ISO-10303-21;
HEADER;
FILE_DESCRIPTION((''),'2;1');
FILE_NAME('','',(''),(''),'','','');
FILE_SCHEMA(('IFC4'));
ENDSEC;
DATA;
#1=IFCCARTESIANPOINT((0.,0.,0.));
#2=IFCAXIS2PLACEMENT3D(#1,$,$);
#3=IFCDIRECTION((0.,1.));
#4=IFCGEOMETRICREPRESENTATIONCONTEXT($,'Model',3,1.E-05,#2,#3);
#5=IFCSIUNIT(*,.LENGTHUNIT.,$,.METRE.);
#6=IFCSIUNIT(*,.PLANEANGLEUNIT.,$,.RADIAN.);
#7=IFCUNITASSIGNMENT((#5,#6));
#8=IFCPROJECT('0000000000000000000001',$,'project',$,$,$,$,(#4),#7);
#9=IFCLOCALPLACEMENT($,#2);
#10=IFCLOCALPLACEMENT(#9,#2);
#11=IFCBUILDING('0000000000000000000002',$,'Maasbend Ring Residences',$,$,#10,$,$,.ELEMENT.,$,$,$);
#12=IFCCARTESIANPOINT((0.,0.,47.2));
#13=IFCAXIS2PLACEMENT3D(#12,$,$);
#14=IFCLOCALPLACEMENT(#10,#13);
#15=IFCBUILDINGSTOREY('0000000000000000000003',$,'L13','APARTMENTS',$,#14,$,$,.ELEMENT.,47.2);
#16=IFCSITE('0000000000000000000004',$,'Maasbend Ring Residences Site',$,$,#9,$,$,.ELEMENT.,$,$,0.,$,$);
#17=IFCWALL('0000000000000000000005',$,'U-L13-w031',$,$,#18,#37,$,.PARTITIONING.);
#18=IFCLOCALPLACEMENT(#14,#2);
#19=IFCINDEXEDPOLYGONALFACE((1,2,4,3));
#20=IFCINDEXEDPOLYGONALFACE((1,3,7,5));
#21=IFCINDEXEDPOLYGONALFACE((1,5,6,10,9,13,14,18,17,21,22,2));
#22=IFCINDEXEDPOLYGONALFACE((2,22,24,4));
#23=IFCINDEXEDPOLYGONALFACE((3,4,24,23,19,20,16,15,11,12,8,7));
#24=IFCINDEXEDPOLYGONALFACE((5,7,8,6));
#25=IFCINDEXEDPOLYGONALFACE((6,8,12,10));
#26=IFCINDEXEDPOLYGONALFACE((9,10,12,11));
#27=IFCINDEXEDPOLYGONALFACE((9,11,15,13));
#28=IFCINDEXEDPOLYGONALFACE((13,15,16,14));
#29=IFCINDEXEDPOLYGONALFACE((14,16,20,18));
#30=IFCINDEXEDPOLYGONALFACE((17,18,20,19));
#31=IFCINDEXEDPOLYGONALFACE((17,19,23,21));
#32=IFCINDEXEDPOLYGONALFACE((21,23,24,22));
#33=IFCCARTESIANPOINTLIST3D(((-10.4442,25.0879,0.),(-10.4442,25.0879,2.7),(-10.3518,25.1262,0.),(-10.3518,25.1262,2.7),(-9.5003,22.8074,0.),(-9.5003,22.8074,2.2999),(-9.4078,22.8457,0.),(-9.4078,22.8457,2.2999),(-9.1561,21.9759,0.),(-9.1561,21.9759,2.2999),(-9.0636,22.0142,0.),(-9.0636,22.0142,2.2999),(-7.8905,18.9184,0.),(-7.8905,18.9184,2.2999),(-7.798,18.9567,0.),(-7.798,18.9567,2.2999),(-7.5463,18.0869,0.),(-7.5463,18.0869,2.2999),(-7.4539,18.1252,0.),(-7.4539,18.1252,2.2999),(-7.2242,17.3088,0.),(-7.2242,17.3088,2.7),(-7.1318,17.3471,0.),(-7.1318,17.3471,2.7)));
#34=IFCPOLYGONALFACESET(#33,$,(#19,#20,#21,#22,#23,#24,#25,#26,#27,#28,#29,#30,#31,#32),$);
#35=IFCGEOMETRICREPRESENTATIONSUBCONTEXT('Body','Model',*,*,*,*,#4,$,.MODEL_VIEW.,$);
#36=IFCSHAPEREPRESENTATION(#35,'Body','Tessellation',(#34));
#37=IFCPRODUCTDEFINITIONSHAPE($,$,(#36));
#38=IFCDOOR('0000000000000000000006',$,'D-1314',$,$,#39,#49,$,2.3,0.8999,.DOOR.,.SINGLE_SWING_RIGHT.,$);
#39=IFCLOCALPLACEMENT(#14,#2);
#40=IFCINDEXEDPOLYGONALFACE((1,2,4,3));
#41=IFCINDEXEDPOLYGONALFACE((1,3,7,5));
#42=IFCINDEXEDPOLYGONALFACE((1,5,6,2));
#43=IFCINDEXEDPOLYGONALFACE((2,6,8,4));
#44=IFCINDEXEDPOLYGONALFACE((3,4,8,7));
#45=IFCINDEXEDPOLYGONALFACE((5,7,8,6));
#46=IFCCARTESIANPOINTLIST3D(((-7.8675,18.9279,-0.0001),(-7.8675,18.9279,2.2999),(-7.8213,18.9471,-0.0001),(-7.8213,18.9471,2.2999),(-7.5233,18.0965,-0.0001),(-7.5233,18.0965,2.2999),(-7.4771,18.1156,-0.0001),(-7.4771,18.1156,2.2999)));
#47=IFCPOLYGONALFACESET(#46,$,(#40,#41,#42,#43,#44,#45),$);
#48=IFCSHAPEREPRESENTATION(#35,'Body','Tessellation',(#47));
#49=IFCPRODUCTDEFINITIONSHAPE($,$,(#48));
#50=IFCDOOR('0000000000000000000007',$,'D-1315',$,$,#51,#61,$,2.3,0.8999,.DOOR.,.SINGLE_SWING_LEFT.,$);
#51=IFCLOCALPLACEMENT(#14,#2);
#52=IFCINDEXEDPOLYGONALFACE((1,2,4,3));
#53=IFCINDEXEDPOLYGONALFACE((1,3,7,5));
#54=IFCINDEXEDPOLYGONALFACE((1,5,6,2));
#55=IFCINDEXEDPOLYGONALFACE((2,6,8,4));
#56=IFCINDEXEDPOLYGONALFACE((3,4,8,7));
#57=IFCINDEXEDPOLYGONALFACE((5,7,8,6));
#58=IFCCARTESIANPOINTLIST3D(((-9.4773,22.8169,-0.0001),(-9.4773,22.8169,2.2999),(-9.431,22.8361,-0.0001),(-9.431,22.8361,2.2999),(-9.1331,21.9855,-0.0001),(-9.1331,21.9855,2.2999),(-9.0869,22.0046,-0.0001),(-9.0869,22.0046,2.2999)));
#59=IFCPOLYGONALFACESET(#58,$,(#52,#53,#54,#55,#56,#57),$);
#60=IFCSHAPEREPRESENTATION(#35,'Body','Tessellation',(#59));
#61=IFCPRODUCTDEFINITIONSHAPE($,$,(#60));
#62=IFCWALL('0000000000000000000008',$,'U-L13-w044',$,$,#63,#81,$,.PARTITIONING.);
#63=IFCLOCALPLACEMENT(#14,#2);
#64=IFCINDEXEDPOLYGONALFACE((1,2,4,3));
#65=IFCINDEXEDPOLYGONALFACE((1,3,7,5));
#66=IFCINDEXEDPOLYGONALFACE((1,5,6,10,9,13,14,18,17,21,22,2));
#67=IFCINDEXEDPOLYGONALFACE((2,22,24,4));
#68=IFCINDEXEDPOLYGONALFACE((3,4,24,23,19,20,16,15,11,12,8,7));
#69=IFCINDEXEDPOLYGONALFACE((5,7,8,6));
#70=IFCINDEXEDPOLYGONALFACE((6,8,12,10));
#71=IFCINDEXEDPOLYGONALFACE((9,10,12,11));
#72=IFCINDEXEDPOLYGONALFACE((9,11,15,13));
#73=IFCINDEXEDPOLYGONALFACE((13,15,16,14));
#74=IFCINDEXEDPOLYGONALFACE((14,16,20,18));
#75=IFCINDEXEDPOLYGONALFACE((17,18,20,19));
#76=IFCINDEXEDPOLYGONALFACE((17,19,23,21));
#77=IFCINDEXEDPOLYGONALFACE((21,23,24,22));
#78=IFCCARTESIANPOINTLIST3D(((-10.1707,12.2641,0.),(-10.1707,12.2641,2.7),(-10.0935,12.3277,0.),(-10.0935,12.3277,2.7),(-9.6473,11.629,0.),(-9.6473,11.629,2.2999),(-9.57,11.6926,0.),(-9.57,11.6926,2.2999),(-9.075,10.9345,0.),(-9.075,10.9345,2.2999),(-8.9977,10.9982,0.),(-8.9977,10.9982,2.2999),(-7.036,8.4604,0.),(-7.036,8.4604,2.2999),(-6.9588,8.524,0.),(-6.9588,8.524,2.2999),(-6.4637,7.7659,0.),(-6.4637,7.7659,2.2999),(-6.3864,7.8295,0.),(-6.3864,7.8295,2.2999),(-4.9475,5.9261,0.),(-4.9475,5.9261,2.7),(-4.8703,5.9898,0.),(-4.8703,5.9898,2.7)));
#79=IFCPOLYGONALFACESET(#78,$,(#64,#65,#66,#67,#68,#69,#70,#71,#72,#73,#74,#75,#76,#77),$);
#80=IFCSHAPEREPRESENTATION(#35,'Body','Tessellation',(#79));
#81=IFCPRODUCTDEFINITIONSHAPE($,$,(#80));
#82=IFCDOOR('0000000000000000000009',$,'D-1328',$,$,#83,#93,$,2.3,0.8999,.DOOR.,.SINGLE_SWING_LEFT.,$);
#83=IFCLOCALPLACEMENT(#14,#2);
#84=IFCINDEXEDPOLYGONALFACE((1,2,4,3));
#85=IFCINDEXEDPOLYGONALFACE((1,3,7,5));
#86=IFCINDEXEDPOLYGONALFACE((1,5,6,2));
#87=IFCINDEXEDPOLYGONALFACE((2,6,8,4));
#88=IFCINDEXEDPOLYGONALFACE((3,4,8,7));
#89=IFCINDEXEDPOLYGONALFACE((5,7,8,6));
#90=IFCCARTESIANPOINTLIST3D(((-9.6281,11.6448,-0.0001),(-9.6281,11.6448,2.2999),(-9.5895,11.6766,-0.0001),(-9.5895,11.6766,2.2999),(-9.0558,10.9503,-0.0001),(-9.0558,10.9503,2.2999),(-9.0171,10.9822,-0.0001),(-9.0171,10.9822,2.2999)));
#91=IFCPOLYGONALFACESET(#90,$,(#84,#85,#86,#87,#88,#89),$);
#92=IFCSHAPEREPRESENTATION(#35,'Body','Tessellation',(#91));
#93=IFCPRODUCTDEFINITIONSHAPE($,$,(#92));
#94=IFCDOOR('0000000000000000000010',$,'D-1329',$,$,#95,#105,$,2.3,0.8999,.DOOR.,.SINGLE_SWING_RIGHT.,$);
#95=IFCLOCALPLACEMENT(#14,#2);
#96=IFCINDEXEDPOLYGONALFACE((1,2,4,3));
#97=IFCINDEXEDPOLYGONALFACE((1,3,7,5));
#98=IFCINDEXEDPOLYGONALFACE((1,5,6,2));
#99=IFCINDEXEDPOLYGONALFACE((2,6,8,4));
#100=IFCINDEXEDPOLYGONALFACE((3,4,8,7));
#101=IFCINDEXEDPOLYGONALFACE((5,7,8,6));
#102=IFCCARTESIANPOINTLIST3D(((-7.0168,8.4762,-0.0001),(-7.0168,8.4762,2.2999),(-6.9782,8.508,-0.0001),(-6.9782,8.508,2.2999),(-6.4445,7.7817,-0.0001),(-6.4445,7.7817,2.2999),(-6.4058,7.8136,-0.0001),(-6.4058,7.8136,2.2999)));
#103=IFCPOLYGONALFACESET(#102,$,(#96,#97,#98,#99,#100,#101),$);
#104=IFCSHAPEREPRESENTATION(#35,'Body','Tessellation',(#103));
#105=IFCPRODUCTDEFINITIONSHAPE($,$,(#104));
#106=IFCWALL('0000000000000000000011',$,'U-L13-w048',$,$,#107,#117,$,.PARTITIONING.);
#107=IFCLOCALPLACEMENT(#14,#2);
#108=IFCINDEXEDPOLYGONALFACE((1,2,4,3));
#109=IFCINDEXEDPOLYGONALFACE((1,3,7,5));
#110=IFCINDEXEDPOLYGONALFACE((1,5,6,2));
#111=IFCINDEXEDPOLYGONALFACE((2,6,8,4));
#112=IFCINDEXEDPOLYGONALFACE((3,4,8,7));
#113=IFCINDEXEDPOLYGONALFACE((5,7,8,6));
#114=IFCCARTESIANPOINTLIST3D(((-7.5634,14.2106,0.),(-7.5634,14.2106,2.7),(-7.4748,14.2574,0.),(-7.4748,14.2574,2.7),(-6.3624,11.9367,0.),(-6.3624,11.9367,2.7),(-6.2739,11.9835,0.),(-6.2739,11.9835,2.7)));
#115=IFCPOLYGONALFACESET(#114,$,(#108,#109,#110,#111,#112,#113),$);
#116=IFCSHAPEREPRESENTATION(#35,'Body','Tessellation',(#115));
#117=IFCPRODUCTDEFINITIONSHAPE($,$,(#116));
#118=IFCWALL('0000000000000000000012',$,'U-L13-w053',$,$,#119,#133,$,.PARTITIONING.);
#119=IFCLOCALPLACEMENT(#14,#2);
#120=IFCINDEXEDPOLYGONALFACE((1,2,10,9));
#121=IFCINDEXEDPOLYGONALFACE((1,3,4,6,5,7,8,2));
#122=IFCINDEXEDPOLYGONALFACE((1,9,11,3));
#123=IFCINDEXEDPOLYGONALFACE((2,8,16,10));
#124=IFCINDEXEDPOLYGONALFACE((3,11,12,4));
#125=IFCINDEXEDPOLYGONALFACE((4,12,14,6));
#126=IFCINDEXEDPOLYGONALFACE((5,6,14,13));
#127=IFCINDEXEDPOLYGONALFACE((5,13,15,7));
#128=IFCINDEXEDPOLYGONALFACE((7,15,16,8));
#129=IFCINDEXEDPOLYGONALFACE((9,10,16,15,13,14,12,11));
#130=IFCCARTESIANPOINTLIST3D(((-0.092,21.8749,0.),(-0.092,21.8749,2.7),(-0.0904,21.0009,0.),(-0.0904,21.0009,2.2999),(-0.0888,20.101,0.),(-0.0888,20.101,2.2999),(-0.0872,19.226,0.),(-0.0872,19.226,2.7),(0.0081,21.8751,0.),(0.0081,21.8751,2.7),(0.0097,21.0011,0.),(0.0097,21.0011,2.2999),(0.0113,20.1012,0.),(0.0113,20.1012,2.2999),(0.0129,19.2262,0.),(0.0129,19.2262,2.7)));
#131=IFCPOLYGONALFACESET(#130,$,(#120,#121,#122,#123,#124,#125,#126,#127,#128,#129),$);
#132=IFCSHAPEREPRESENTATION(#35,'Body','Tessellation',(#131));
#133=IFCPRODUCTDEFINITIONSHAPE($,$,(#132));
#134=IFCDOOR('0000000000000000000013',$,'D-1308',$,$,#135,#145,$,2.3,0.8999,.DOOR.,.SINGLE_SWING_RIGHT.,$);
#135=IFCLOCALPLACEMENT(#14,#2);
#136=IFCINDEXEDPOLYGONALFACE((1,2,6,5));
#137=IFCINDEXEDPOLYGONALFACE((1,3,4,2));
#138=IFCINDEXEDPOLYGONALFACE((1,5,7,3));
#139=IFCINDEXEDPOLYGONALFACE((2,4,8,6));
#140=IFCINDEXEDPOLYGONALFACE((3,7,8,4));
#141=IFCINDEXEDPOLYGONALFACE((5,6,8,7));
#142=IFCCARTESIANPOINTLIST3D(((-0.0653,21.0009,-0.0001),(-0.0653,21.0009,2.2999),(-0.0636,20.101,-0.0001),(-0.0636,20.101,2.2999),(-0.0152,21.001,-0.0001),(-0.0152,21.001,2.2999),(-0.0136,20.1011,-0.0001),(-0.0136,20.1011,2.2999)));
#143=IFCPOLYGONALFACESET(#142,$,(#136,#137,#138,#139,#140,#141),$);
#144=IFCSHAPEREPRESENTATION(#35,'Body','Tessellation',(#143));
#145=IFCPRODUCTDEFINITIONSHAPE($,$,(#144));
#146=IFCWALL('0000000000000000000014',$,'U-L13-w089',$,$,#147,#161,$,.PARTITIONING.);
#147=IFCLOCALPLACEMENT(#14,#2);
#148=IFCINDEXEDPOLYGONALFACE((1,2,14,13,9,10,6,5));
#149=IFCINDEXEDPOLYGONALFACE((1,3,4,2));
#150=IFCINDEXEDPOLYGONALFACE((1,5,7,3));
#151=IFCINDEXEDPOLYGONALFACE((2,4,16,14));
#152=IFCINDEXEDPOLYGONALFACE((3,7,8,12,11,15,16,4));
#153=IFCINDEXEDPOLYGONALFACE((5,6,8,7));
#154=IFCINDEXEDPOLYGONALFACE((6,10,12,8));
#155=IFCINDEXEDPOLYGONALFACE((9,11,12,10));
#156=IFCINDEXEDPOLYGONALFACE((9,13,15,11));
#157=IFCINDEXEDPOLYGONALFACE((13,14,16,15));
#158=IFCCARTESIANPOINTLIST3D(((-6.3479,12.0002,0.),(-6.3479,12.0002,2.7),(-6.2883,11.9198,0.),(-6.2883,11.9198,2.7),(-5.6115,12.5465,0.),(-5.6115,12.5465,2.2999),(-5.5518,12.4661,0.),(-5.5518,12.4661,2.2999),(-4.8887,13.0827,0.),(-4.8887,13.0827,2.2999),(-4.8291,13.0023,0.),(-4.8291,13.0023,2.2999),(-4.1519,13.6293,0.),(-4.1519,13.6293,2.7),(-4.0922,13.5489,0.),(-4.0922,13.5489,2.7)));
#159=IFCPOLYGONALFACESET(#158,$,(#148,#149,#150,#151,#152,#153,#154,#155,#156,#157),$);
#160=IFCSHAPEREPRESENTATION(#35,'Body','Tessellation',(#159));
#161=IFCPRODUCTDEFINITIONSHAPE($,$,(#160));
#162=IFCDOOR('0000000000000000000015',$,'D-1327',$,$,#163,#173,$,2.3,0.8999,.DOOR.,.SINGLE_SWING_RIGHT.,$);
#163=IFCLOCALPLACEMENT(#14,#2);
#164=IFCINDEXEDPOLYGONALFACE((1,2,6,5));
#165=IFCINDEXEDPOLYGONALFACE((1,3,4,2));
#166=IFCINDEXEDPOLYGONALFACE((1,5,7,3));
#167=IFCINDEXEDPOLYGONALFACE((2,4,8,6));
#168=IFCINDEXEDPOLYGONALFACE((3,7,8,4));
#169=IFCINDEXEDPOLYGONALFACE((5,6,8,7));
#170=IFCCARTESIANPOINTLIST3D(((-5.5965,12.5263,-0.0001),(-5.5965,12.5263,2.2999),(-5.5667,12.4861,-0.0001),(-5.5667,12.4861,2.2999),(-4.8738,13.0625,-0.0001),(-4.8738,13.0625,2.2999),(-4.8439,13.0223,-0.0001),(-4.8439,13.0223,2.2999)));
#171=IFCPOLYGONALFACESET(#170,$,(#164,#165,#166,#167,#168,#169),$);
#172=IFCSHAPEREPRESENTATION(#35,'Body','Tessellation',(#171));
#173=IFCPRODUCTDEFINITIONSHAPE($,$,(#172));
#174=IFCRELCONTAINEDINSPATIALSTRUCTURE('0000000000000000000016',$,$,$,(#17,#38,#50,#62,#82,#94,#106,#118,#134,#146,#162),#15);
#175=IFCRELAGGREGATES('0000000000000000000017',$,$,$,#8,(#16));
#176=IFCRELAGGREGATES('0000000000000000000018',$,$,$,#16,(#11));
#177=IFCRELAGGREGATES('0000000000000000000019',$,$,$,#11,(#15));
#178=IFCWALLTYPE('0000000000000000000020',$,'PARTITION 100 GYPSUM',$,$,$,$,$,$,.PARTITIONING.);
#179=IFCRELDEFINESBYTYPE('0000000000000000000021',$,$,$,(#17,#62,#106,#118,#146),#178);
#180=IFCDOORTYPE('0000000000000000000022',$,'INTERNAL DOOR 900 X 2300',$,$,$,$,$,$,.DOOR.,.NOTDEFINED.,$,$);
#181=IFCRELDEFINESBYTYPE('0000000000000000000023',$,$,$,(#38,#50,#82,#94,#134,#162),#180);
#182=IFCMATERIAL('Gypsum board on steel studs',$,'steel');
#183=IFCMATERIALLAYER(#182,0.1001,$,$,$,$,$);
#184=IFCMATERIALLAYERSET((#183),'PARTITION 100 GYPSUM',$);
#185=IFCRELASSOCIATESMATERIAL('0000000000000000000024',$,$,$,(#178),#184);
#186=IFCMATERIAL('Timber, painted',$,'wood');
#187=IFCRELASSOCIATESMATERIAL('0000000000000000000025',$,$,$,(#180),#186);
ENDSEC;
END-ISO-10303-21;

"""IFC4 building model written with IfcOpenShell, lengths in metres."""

from ifc_helpers import new_model, si_unit, direction, frame, frame_2d, origin, place, context, subcontext, project, spatial, rectangle, extrude, material, layer, layer_set, type_object, element, fill, save


model = new_model("IFC4")

# Units and contexts
model_context = context("Model", 3, precision=1e-05, world=origin(), true_north=direction((0.0, 1.0)))
body_context = subcontext(model_context, "Body", "Model", "MODEL_VIEW")
ifc_project = project(units=[si_unit("LENGTHUNIT", "METRE"), si_unit("PLANEANGLEUNIT", "RADIAN")], contexts=[model_context])

# Site, building, storey
site_placement = place(None, origin())
site = spatial("IfcSite", under=ifc_project, at=site_placement, Name="Maasbend Ring Residences Site", CompositionType="ELEMENT", RefElevation=0.0)
building_placement = place(site_placement, origin())
building = spatial("IfcBuilding", under=site, at=building_placement, Name="Maasbend Ring Residences", CompositionType="ELEMENT")
storey_placement = place(building_placement, frame((0.0, 0.0, 47.2)))
storey = spatial("IfcBuildingStorey", under=building, at=storey_placement, Name="L13", Description="APARTMENTS", CompositionType="ELEMENT", Elevation=47.2)

# Walls, openings, doors
ifc_material_1 = material(Name="Gypsum board on steel studs", Category="steel")
ifc_layer_1 = layer(ifc_material_1, 0.1001)
ifc_layer_set_1 = layer_set([ifc_layer_1], Name="PARTITION 100 GYPSUM")
wall_type_1 = type_object("IfcWallType", Name="PARTITION 100 GYPSUM", PredefinedType="PARTITIONING", material=ifc_layer_set_1)
wall_1_placement = place(storey_placement, frame((-10.3979, 25.1069, 0.0), z_axis=(0.0, 0.0, 1.0), x_axis=(0.382459, -0.923973, 0.0)))
wall_1 = element("IfcWall", 1, at=wall_1_placement, inside=storey, type_object=wall_type_1, Name="U-L13-w031", PredefinedType="PARTITIONING", context=body_context, shape_type="SweptSolid", body=[
    extrude(rectangle(XDim=8.4192, YDim=0.1001, at=frame_2d((4.2095, 0.0))), origin(), (0.0, 0.0, 1.0), 2.7),
])
opening_1_placement = place(wall_1_placement, frame((6.677, 0.0, 0.0)))
opening_1 = element("IfcOpeningElement", 2, at=opening_1_placement, cuts=wall_1, PredefinedType="OPENING", context=body_context, shape_type="SweptSolid", body=[
    extrude(rectangle(XDim=0.8999, YDim=2.3, at=frame_2d((0.45, 1.1499))), frame((0.0, 0.0601, 0.0), z_axis=(0.0, -1.0, 0.0), x_axis=(1.0, 0.0, 0.0)), (0.0, 0.0, 1.0), 0.1201),
])
opening_2_placement = place(wall_1_placement, frame((2.468, 0.0, 0.0)))
opening_2 = element("IfcOpeningElement", 3, at=opening_2_placement, cuts=wall_1, PredefinedType="OPENING", context=body_context, shape_type="SweptSolid", body=[
    extrude(rectangle(XDim=0.8999, YDim=2.3, at=frame_2d((0.45, 1.1499))), frame((0.0, 0.0601, 0.0), z_axis=(0.0, -1.0, 0.0), x_axis=(1.0, 0.0, 0.0)), (0.0, 0.0, 1.0), 0.1201),
])
ifc_material_2 = material(Name="Timber, painted", Category="wood")
door_type_1 = type_object("IfcDoorType", Name="INTERNAL DOOR 900 X 2300", OperationType="NOTDEFINED", PredefinedType="DOOR", material=ifc_material_2)
door_1_placement = place(opening_1_placement, origin())
door_1 = element("IfcDoor", 4, at=door_1_placement, inside=storey, type_object=door_type_1, Name="D-1314", OperationType="SINGLE_SWING_RIGHT", OverallHeight=2.3, OverallWidth=0.8999, PredefinedType="DOOR", context=body_context, shape_type="SweptSolid", body=[
    extrude(rectangle(XDim=0.8999, YDim=2.3, at=frame_2d((0.45, 1.1499))), frame((0.0, 0.0249, 0.0), z_axis=(0.0, -1.0, 0.0), x_axis=(1.0, 0.0, 0.0)), (0.0, 0.0, 1.0), 0.05),
])
fill(opening_1, door_1)
door_2_placement = place(opening_2_placement, origin())
door_2 = element("IfcDoor", 5, at=door_2_placement, inside=storey, type_object=door_type_1, Name="D-1315", OperationType="SINGLE_SWING_LEFT", OverallHeight=2.3, OverallWidth=0.8999, PredefinedType="DOOR", context=body_context, shape_type="SweptSolid", body=[
    extrude(rectangle(XDim=0.8999, YDim=2.3, at=frame_2d((0.45, 1.1499))), frame((0.0, 0.0249, 0.0), z_axis=(0.0, -1.0, 0.0), x_axis=(1.0, 0.0, 0.0)), (0.0, 0.0, 1.0), 0.05),
])
fill(opening_2, door_2)
wall_2_placement = place(storey_placement, frame((-10.1321, 12.2959, 0.0), z_axis=(0.0, 0.0, 1.0), x_axis=(0.635976, -0.771709, 0.0)))
wall_2 = element("IfcWall", 6, at=wall_2_placement, inside=storey, type_object=wall_type_1, Name="U-L13-w044", PredefinedType="PARTITIONING", context=body_context, shape_type="SweptSolid", body=[
    extrude(rectangle(XDim=8.2129, YDim=0.1001, at=frame_2d((4.1064, 0.0))), origin(), (0.0, 0.0, 1.0), 2.7),
])
opening_3_placement = place(wall_2_placement, frame((0.823, 0.0, 0.0)))
opening_3 = element("IfcOpeningElement", 7, at=opening_3_placement, cuts=wall_2, PredefinedType="OPENING", context=body_context, shape_type="SweptSolid", body=[
    extrude(rectangle(XDim=0.8999, YDim=2.3, at=frame_2d((0.45, 1.1499))), frame((0.0, 0.0601, 0.0), z_axis=(0.0, -1.0, 0.0), x_axis=(1.0, 0.0, 0.0)), (0.0, 0.0, 1.0), 0.1201),
])
opening_4_placement = place(wall_2_placement, frame((4.929, 0.0, 0.0)))
opening_4 = element("IfcOpeningElement", 8, at=opening_4_placement, cuts=wall_2, PredefinedType="OPENING", context=body_context, shape_type="SweptSolid", body=[
    extrude(rectangle(XDim=0.8999, YDim=2.3, at=frame_2d((0.45, 1.1499))), frame((0.0, 0.0601, 0.0), z_axis=(0.0, -1.0, 0.0), x_axis=(1.0, 0.0, 0.0)), (0.0, 0.0, 1.0), 0.1201),
])
door_3_placement = place(opening_3_placement, origin())
door_3 = element("IfcDoor", 9, at=door_3_placement, inside=storey, type_object=door_type_1, Name="D-1328", OperationType="SINGLE_SWING_LEFT", OverallHeight=2.3, OverallWidth=0.8999, PredefinedType="DOOR", context=body_context, shape_type="SweptSolid", body=[
    extrude(rectangle(XDim=0.8999, YDim=2.3, at=frame_2d((0.45, 1.1499))), frame((0.0, 0.0249, 0.0), z_axis=(0.0, -1.0, 0.0), x_axis=(1.0, 0.0, 0.0)), (0.0, 0.0, 1.0), 0.05),
])
fill(opening_3, door_3)
door_4_placement = place(opening_4_placement, origin())
door_4 = element("IfcDoor", 10, at=door_4_placement, inside=storey, type_object=door_type_1, Name="D-1329", OperationType="SINGLE_SWING_RIGHT", OverallHeight=2.3, OverallWidth=0.8999, PredefinedType="DOOR", context=body_context, shape_type="SweptSolid", body=[
    extrude(rectangle(XDim=0.8999, YDim=2.3, at=frame_2d((0.45, 1.1499))), frame((0.0, 0.0249, 0.0), z_axis=(0.0, -1.0, 0.0), x_axis=(1.0, 0.0, 0.0)), (0.0, 0.0, 1.0), 0.05),
])
fill(opening_4, door_4)

# Wall
wall_3_placement = place(storey_placement, frame((-7.519, 14.2339, 0.0), z_axis=(0.0, 0.0, 1.0), x_axis=(0.467002, -0.884256, 0.0)))
element("IfcWall", 11, at=wall_3_placement, inside=storey, type_object=wall_type_1, Name="U-L13-w048", PredefinedType="PARTITIONING", context=body_context, shape_type="SweptSolid", body=[
    extrude(rectangle(XDim=2.5715, YDim=0.1001, at=frame_2d((1.2856, 0.0))), origin(), (0.0, 0.0, 1.0), 2.7),
])

# Walls, openings, doors
wall_4_placement = place(storey_placement, frame((-0.0371, 19.2261, 0.0), z_axis=(0.0, 0.0, 1.0), x_axis=(-0.001843, 0.999998, 0.0)))
wall_4 = element("IfcWall", 12, at=wall_4_placement, inside=storey, type_object=wall_type_1, Name="U-L13-w053", PredefinedType="PARTITIONING", context=body_context, shape_type="SweptSolid", body=[
    extrude(rectangle(XDim=2.6489, YDim=0.1001, at=frame_2d((1.3245, 0.0))), origin(), (0.0, 0.0, 1.0), 2.7),
])
opening_5_placement = place(wall_4_placement, frame((0.875, 0.0, 0.0)))
opening_5 = element("IfcOpeningElement", 13, at=opening_5_placement, cuts=wall_4, PredefinedType="OPENING", context=body_context, shape_type="SweptSolid", body=[
    extrude(rectangle(XDim=0.8999, YDim=2.3, at=frame_2d((0.45, 1.1499))), frame((0.0, 0.0601, 0.0), z_axis=(0.0, -1.0, 0.0), x_axis=(1.0, 0.0, 0.0)), (0.0, 0.0, 1.0), 0.1201),
])
door_5_placement = place(opening_5_placement, origin())
door_5 = element("IfcDoor", 14, at=door_5_placement, inside=storey, type_object=door_type_1, Name="D-1308", OperationType="SINGLE_SWING_RIGHT", OverallHeight=2.3, OverallWidth=0.8999, PredefinedType="DOOR", context=body_context, shape_type="SweptSolid", body=[
    extrude(rectangle(XDim=0.8999, YDim=2.3, at=frame_2d((0.45, 1.1499))), frame((0.0, 0.0249, 0.0), z_axis=(0.0, -1.0, 0.0), x_axis=(1.0, 0.0, 0.0)), (0.0, 0.0, 1.0), 0.05),
])
fill(opening_5, door_5)
wall_5_placement = place(storey_placement, frame((-6.3181, 11.96, 0.0), z_axis=(0.0, 0.0, 1.0), x_axis=(0.803128, 0.595806, 0.0)))
wall_5 = element("IfcWall", 15, at=wall_5_placement, inside=storey, type_object=wall_type_1, Name="U-L13-w089", PredefinedType="PARTITIONING", context=body_context, shape_type="SweptSolid", body=[
    extrude(rectangle(XDim=2.7344, YDim=0.1001, at=frame_2d((1.3672, 0.0))), origin(), (0.0, 0.0, 1.0), 2.7),
])
opening_6_placement = place(wall_5_placement, frame((0.917, 0.0, 0.0)))
opening_6 = element("IfcOpeningElement", 16, at=opening_6_placement, cuts=wall_5, PredefinedType="OPENING", context=body_context, shape_type="SweptSolid", body=[
    extrude(rectangle(XDim=0.8999, YDim=2.3, at=frame_2d((0.45, 1.1499))), frame((0.0, 0.0601, 0.0), z_axis=(0.0, -1.0, 0.0), x_axis=(1.0, 0.0, 0.0)), (0.0, 0.0, 1.0), 0.1201),
])
door_6_placement = place(opening_6_placement, origin())
door_6 = element("IfcDoor", 17, at=door_6_placement, inside=storey, type_object=door_type_1, Name="D-1327", OperationType="SINGLE_SWING_RIGHT", OverallHeight=2.3, OverallWidth=0.8999, PredefinedType="DOOR", context=body_context, shape_type="SweptSolid", body=[
    extrude(rectangle(XDim=0.8999, YDim=2.3, at=frame_2d((0.45, 1.1499))), frame((0.0, 0.0249, 0.0), z_axis=(0.0, -1.0, 0.0), x_axis=(1.0, 0.0, 0.0)), (0.0, 0.0, 1.0), 0.05),
])
fill(opening_6, door_6)

save(model, "model.ifc")
